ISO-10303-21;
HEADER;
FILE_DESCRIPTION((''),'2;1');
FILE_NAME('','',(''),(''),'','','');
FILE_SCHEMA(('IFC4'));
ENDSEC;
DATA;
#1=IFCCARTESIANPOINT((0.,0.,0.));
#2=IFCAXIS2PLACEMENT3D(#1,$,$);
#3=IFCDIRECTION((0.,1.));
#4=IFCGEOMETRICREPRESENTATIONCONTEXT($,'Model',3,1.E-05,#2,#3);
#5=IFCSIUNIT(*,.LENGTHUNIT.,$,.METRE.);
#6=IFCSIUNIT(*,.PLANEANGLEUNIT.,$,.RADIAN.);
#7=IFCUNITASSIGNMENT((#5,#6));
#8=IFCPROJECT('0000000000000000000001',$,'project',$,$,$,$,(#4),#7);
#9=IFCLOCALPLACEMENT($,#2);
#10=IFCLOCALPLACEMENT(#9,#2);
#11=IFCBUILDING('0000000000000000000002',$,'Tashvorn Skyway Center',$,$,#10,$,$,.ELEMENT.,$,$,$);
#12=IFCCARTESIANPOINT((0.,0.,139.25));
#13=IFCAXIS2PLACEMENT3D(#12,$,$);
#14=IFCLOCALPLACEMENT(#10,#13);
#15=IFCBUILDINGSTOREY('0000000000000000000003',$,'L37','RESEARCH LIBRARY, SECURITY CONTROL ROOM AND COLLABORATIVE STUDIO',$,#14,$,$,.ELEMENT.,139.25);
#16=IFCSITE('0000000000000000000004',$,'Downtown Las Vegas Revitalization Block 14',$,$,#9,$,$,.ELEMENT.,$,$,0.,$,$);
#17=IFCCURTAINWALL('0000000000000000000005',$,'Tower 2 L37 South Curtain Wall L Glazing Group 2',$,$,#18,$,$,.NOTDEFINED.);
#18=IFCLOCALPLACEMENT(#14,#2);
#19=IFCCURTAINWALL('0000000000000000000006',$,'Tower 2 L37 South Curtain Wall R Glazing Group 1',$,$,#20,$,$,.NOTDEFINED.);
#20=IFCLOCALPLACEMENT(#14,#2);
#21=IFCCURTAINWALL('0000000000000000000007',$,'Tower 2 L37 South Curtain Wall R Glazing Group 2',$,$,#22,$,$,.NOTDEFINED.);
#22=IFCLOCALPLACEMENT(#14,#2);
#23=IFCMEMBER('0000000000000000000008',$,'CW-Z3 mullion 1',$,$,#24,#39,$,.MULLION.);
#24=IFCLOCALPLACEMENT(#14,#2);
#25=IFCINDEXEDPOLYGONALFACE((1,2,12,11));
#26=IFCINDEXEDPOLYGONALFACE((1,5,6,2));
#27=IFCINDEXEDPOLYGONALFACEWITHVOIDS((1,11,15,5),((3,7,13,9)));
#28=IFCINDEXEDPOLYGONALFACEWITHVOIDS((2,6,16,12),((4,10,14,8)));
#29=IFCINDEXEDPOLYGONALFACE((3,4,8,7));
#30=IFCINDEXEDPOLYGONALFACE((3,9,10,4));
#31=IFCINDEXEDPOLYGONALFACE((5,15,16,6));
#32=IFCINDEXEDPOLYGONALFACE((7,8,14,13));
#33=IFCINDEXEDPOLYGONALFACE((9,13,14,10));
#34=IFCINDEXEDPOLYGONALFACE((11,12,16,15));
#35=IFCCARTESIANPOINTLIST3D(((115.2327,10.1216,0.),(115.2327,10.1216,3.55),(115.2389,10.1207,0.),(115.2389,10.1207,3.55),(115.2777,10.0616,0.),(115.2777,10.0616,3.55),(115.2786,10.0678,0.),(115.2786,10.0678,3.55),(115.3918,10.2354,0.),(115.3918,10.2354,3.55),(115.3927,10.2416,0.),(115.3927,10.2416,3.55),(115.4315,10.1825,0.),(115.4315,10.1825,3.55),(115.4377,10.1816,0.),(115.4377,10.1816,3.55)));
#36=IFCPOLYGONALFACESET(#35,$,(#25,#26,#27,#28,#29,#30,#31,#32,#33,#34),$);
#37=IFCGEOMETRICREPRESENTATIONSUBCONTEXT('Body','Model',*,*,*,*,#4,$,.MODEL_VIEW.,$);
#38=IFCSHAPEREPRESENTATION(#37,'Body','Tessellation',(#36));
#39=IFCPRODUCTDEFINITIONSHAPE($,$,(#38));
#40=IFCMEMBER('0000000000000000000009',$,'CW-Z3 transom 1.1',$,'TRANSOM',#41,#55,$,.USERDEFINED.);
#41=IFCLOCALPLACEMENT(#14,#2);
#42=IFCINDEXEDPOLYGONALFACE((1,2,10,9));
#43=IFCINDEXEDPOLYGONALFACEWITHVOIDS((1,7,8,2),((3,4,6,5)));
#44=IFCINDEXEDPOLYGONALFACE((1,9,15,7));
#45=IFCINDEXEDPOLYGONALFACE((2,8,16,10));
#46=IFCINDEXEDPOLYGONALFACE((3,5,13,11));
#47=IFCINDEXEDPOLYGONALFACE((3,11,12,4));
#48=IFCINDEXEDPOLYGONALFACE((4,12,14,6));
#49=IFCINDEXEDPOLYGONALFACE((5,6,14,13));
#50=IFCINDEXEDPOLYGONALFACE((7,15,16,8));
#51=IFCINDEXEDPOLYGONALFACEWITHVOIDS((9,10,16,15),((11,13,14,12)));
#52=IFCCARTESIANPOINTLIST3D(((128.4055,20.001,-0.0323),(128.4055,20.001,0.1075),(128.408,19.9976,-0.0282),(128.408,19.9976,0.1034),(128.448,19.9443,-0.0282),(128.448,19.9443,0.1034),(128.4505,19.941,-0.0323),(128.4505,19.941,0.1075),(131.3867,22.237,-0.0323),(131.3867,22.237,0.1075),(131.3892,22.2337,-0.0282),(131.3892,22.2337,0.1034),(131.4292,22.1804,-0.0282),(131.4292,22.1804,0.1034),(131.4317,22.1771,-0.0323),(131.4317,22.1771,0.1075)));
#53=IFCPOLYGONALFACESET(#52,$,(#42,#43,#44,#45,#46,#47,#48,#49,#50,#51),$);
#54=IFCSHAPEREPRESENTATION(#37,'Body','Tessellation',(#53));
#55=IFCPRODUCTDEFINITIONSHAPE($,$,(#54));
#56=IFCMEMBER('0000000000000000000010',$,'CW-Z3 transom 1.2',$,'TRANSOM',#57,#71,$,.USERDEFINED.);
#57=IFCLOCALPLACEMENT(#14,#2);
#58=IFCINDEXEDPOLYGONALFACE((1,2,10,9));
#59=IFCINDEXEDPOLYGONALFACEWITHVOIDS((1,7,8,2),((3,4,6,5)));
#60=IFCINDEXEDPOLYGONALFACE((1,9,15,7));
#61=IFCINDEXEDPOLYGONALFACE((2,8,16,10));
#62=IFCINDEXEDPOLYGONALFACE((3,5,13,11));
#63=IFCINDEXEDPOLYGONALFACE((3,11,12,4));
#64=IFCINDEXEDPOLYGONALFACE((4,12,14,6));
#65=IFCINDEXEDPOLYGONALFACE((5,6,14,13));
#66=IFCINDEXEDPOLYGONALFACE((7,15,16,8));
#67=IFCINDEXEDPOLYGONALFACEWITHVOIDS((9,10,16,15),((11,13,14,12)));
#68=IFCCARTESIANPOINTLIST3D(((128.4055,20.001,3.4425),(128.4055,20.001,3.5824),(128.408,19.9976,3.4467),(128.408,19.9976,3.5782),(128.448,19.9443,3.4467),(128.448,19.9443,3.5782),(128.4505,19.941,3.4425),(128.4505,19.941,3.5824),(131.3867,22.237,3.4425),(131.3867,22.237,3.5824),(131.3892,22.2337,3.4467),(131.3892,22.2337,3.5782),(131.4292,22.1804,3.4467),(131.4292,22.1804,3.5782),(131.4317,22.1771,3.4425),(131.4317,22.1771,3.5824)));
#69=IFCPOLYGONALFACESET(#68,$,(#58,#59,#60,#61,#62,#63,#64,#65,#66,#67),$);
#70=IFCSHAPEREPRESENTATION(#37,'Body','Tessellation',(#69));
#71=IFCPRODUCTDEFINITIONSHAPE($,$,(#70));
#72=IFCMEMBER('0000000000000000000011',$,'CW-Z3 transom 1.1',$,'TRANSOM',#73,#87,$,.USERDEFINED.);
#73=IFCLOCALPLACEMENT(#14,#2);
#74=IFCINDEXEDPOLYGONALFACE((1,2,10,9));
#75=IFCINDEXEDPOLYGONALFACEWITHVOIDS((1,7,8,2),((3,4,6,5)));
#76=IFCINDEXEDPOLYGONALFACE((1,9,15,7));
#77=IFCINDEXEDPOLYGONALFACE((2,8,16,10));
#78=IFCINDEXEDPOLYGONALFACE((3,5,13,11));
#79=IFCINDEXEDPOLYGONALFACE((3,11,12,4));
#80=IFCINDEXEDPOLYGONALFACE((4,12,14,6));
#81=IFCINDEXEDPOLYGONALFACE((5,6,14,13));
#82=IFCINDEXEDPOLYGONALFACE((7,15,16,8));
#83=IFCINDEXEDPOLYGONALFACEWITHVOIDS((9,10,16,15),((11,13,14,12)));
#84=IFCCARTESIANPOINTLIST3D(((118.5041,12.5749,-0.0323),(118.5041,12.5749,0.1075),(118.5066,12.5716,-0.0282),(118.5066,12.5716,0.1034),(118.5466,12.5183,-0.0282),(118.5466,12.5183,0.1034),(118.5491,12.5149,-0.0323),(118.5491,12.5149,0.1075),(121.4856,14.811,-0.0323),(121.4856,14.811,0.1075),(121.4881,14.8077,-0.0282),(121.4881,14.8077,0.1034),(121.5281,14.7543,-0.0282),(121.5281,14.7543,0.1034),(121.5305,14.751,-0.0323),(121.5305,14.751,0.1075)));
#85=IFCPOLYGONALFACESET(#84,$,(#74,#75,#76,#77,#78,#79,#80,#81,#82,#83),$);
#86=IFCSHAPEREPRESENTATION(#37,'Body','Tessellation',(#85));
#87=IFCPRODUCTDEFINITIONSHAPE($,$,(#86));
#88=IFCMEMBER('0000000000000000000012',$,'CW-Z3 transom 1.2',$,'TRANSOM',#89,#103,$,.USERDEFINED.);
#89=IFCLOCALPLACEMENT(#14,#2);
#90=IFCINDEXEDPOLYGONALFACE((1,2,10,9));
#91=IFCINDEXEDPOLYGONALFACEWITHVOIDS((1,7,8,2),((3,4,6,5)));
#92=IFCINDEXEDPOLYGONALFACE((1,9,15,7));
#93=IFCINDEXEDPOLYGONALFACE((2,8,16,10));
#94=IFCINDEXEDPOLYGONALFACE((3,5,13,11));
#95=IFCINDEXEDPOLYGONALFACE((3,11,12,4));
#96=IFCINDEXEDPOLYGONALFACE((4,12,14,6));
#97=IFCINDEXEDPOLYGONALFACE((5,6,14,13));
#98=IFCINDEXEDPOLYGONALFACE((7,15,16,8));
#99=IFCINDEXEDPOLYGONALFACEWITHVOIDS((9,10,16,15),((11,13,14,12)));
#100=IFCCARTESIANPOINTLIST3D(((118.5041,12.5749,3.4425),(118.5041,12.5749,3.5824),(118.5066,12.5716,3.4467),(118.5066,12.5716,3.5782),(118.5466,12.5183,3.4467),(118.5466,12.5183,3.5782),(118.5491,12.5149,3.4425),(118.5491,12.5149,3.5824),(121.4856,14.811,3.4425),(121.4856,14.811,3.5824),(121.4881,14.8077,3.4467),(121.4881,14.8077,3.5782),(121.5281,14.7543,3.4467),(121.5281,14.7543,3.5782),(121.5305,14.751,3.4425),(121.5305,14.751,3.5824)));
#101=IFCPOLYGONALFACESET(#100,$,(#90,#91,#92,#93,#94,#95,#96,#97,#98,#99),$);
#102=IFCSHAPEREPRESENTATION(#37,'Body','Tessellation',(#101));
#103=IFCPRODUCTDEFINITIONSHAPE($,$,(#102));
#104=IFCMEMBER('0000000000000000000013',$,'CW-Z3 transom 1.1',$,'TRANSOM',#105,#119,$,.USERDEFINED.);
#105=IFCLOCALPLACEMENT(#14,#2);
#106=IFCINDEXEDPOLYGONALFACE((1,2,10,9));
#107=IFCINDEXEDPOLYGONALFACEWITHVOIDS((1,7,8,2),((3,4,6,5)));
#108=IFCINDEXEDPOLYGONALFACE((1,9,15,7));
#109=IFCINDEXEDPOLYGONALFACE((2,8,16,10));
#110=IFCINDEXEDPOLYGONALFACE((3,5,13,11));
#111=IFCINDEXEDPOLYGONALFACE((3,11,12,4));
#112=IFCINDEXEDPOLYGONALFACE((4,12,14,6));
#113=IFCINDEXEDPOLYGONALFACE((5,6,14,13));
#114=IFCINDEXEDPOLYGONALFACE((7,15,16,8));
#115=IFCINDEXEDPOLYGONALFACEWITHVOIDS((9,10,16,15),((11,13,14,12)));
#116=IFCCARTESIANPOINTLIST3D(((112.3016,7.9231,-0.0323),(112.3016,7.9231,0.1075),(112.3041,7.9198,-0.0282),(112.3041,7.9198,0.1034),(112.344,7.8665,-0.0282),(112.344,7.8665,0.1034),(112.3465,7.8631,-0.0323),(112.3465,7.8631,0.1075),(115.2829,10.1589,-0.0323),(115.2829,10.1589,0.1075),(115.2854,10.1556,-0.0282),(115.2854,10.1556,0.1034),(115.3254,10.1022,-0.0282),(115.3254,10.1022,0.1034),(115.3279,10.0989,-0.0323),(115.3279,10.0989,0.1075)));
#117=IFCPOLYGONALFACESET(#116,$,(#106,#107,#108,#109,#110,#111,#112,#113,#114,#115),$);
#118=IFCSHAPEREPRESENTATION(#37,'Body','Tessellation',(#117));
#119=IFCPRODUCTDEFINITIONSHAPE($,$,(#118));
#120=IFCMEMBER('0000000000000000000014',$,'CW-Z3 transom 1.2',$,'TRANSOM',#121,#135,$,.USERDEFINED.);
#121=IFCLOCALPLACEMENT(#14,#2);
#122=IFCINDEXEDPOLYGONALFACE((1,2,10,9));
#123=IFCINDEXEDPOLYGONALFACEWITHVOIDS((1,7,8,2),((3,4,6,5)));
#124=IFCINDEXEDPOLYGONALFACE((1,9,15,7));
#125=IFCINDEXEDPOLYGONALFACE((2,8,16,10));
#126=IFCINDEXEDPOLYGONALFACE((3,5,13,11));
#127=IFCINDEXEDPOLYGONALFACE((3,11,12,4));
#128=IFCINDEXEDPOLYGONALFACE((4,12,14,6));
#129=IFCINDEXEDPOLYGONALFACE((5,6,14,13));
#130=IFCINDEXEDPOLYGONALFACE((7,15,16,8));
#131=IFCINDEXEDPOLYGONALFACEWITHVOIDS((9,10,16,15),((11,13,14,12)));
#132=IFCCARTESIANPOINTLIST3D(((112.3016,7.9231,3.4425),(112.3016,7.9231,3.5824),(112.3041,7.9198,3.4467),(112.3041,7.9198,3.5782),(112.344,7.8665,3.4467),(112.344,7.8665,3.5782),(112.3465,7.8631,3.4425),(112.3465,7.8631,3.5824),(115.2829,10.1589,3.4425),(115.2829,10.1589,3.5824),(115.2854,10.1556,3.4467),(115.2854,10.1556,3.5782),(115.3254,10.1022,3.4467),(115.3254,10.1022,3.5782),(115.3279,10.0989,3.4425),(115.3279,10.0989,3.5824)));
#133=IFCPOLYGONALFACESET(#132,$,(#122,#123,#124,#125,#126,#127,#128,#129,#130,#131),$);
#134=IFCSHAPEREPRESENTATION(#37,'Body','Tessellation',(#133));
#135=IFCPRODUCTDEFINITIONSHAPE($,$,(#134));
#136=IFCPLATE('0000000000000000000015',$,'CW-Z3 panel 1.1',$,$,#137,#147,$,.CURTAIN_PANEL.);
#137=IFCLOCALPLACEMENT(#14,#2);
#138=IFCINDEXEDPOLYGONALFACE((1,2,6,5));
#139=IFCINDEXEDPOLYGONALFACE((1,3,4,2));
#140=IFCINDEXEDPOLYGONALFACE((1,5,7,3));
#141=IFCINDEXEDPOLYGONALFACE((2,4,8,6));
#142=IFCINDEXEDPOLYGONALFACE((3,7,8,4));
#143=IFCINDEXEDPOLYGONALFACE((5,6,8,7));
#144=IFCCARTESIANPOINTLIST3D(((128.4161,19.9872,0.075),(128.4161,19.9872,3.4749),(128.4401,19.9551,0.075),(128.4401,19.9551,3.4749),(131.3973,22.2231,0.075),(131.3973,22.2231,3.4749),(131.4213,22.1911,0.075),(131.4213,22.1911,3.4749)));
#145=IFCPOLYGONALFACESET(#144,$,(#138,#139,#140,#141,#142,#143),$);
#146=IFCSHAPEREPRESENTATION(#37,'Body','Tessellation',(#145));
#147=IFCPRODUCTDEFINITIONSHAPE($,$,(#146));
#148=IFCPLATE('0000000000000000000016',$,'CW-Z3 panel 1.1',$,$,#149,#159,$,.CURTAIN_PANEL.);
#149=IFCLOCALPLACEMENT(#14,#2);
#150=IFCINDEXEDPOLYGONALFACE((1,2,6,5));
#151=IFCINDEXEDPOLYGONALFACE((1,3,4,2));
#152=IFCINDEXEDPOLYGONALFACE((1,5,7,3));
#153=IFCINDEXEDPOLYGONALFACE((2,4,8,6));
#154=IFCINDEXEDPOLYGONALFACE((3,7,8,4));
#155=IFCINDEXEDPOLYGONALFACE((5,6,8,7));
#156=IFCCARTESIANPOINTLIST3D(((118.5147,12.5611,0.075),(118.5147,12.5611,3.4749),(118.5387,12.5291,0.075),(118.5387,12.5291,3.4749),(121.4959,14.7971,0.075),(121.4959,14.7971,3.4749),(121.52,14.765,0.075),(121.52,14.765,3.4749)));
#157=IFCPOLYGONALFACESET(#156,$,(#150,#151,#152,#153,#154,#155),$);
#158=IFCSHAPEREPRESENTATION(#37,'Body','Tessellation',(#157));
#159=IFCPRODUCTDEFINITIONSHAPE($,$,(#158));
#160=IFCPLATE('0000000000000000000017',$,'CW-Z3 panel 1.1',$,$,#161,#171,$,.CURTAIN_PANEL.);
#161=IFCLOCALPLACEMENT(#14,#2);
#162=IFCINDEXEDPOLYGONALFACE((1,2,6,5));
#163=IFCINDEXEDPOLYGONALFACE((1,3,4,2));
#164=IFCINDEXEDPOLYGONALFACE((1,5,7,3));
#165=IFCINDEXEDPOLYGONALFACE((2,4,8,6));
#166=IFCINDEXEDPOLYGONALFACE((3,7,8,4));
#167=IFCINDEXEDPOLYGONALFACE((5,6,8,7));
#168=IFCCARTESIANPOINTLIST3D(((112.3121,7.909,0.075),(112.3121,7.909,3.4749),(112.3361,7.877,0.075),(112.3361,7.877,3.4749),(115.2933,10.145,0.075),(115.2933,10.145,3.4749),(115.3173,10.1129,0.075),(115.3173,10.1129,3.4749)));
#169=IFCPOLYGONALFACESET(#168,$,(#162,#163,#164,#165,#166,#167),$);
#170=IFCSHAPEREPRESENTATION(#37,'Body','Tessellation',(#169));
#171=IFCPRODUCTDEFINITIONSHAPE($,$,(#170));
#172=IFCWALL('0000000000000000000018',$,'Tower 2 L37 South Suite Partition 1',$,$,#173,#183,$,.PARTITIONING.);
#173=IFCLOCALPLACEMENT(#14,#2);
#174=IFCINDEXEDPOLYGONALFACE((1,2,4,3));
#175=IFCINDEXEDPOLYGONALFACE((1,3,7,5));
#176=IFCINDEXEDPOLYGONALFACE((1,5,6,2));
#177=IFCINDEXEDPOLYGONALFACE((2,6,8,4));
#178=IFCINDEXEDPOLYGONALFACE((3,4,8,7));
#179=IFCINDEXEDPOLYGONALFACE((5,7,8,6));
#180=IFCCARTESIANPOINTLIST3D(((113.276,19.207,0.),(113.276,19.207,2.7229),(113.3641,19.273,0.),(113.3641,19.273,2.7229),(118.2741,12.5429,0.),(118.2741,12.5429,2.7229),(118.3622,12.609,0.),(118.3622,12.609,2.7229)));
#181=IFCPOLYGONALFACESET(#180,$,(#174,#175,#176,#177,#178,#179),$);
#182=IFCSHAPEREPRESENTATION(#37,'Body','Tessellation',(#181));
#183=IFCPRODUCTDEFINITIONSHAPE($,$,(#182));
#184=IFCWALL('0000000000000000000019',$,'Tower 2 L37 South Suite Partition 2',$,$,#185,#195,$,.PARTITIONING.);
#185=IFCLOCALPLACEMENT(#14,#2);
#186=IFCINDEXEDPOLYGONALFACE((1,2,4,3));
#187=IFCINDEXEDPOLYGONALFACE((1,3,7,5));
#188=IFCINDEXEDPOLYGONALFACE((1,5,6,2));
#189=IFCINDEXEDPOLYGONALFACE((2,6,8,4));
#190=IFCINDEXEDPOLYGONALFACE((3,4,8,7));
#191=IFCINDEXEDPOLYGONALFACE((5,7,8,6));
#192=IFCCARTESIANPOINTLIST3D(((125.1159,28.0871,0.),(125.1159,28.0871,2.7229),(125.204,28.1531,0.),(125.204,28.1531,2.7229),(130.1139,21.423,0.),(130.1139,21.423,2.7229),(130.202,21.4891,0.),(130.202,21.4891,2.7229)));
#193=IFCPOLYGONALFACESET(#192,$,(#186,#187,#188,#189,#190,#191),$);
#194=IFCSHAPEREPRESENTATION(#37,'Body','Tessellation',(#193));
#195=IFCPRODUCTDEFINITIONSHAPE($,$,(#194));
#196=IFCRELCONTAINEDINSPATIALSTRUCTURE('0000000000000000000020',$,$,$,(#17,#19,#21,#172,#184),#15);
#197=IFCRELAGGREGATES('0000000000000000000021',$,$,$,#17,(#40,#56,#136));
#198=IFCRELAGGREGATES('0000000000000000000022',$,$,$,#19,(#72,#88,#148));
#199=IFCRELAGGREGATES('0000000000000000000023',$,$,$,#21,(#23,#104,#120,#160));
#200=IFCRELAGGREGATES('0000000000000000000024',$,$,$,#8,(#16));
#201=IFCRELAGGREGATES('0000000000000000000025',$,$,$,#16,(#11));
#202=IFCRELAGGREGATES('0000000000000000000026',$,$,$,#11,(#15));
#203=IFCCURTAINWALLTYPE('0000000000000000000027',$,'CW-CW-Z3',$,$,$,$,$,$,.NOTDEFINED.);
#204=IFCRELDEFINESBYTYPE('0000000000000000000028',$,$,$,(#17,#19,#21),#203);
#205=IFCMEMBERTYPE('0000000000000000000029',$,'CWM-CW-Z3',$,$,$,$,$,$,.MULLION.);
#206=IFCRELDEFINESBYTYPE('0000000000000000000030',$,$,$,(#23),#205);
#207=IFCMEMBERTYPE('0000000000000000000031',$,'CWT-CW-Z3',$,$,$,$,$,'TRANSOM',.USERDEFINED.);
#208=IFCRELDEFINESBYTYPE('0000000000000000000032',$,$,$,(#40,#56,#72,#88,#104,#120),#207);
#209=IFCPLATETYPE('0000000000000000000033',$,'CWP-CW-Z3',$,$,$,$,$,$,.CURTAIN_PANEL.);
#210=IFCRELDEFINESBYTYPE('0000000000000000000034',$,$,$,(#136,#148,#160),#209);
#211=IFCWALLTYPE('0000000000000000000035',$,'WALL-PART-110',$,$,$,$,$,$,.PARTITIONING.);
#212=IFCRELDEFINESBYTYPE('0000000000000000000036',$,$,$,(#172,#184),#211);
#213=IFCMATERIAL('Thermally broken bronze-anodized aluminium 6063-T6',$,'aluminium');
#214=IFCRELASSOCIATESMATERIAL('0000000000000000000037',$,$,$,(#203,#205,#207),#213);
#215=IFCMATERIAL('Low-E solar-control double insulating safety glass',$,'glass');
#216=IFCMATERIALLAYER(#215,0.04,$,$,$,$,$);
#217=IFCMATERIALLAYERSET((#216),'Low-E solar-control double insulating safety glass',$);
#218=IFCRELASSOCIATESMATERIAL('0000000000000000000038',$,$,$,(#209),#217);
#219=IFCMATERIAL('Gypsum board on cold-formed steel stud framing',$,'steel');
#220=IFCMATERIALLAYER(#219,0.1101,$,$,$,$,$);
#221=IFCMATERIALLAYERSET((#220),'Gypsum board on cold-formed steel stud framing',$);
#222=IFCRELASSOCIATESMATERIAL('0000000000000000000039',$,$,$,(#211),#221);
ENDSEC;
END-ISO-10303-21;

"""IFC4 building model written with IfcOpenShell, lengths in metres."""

from ifc_helpers import new_model, si_unit, direction, frame, frame_2d, origin, origin_2d, place, context, subcontext, project, spatial, rectangle, hollow_rectangle, extrude, material, layer, layer_set, material_profile, profile_set, type_object, element, aggregate, save


model = new_model("IFC4")

# Units and contexts
model_context = context("Model", 3, precision=1e-05, world=origin(), true_north=direction((0.0, 1.0)))
body_context = subcontext(model_context, "Body", "Model", "MODEL_VIEW")
ifc_project = project(units=[si_unit("LENGTHUNIT", "METRE"), si_unit("PLANEANGLEUNIT", "RADIAN")], contexts=[model_context])

# Site, building, storey
site_placement = place(None, origin())
site = spatial("IfcSite", under=ifc_project, at=site_placement, Name="Downtown Las Vegas Revitalization Block 14", CompositionType="ELEMENT", RefElevation=0.0)
building_placement = place(site_placement, origin())
building = spatial("IfcBuilding", under=site, at=building_placement, Name="Tashvorn Skyway Center", CompositionType="ELEMENT")
storey_placement = place(building_placement, frame((0.0, 0.0, 139.25)))
storey = spatial("IfcBuildingStorey", under=building, at=storey_placement, Name="L37", Description="RESEARCH LIBRARY, SECURITY CONTROL ROOM AND COLLABORATIVE STUDIO", CompositionType="ELEMENT", Elevation=139.25)

# Curtain walls
ifc_material_1 = material(Name="Thermally broken bronze-anodized aluminium 6063-T6", Category="aluminium")
curtain_wall_type = type_object("IfcCurtainWallType", Name="CW-CW-Z3", PredefinedType="NOTDEFINED", material=ifc_material_1)
curtain_wall_1_placement = place(storey_placement, origin())
curtain_wall_1 = element("IfcCurtainWall", 1, at=curtain_wall_1_placement, inside=storey, type_object=curtain_wall_type, Name="Tower 2 L37 South Curtain Wall L Glazing Group 2", PredefinedType="NOTDEFINED")
ifc_material_profile_1 = material_profile(ifc_material_1, hollow_rectangle(XDim=0.075, YDim=0.2, WallThickness=0.0044, at=origin_2d()), Name="ALU-MULL-75x200")
ifc_profile_set_1 = profile_set([ifc_material_profile_1], Name="Thermally broken bronze-anodized aluminium 6063-T6")
member_type_1 = type_object("IfcMemberType", Name="CWM-CW-Z3", PredefinedType="MULLION", material=ifc_profile_set_1)
curtain_wall_2_placement = place(storey_placement, origin())
curtain_wall_2 = element("IfcCurtainWall", 2, at=curtain_wall_2_placement, inside=storey, type_object=curtain_wall_type, Name="Tower 2 L37 South Curtain Wall R Glazing Group 1", PredefinedType="NOTDEFINED")

# Curtain wall, member
curtain_wall_3_placement = place(storey_placement, origin())
curtain_wall_3 = element("IfcCurtainWall", 3, at=curtain_wall_3_placement, inside=storey, type_object=curtain_wall_type, Name="Tower 2 L37 South Curtain Wall R Glazing Group 2", PredefinedType="NOTDEFINED")
member_1_placement = place(storey_placement, frame((115.3352, 10.1516, 0.0), z_axis=(0.0, 0.0, 1.0), x_axis=(0.600004, -0.799997, 0.0)))
member_1 = element("IfcMember", 4, at=member_1_placement, type_object=member_type_1, Name="CW-Z3 mullion 1", PredefinedType="MULLION", context=body_context, shape_type="SweptSolid", body=[
    extrude(hollow_rectangle(XDim=0.075, YDim=0.2, WallThickness=0.0044, at=origin_2d()), origin(), (0.0, 0.0, 1.0), 3.55),
])

# Members
ifc_material_profile_2 = material_profile(ifc_material_1, hollow_rectangle(XDim=0.075, YDim=0.1399, WallThickness=0.0042, at=origin_2d()), Name="ALU-TRAN-75x140")
ifc_profile_set_2 = profile_set([ifc_material_profile_2], Name="Thermally broken bronze-anodized aluminium 6063-T6")
member_type_2 = type_object("IfcMemberType", Name="CWT-CW-Z3", ElementType="TRANSOM", PredefinedType="USERDEFINED", material=ifc_profile_set_2)
member_2_placement = place(storey_placement, frame((131.4092, 22.207, 0.0376), z_axis=(-0.799976, -0.600031, 0.0), x_axis=(0.600031, -0.799976, 0.0)))
member_2 = element("IfcMember", 5, at=member_2_placement, type_object=member_type_2, Name="CW-Z3 transom 1.1", ObjectType="TRANSOM", PredefinedType="USERDEFINED", context=body_context, shape_type="SweptSolid", body=[
    extrude(hollow_rectangle(XDim=0.075, YDim=0.1399, WallThickness=0.0042, at=origin_2d()), origin(), (0.0, 0.0, 1.0), 3.7266),
])
member_3_placement = place(storey_placement, frame((131.4092, 22.207, 3.5125), z_axis=(-0.799976, -0.600031, 0.0), x_axis=(0.600031, -0.799976, 0.0)))
member_3 = element("IfcMember", 6, at=member_3_placement, type_object=member_type_2, Name="CW-Z3 transom 1.2", ObjectType="TRANSOM", PredefinedType="USERDEFINED", context=body_context, shape_type="SweptSolid", body=[
    extrude(hollow_rectangle(XDim=0.075, YDim=0.1399, WallThickness=0.0042, at=origin_2d()), origin(), (0.0, 0.0, 1.0), 3.7266),
])
member_4_placement = place(storey_placement, frame((121.5081, 14.781, 0.0376), z_axis=(-0.8, -0.6, 0.0), x_axis=(0.6, -0.8, 0.0)))
member_4 = element("IfcMember", 7, at=member_4_placement, type_object=member_type_2, Name="CW-Z3 transom 1.1", ObjectType="TRANSOM", PredefinedType="USERDEFINED", context=body_context, shape_type="SweptSolid", body=[
    extrude(hollow_rectangle(XDim=0.075, YDim=0.1399, WallThickness=0.0042, at=origin_2d()), origin(), (0.0, 0.0, 1.0), 3.7268),
])
member_5_placement = place(storey_placement, frame((121.5081, 14.781, 3.5125), z_axis=(-0.8, -0.6, 0.0), x_axis=(0.6, -0.8, 0.0)))
member_5 = element("IfcMember", 8, at=member_5_placement, type_object=member_type_2, Name="CW-Z3 transom 1.2", ObjectType="TRANSOM", PredefinedType="USERDEFINED", context=body_context, shape_type="SweptSolid", body=[
    extrude(hollow_rectangle(XDim=0.075, YDim=0.1399, WallThickness=0.0042, at=origin_2d()), origin(), (0.0, 0.0, 1.0), 3.7268),
])
member_6_placement = place(storey_placement, frame((115.3054, 10.1289, 0.0376), z_axis=(-0.800031, -0.599958, 0.0), x_axis=(0.599958, -0.800031, 0.0)))
member_6 = element("IfcMember", 9, at=member_6_placement, type_object=member_type_2, Name="CW-Z3 transom 1.1", ObjectType="TRANSOM", PredefinedType="USERDEFINED", context=body_context, shape_type="SweptSolid", body=[
    extrude(hollow_rectangle(XDim=0.075, YDim=0.1399, WallThickness=0.0042, at=origin_2d()), origin(), (0.0, 0.0, 1.0), 3.7266),
])
member_7_placement = place(storey_placement, frame((115.3054, 10.1289, 3.5125), z_axis=(-0.800031, -0.599958, 0.0), x_axis=(0.599958, -0.800031, 0.0)))
member_7 = element("IfcMember", 10, at=member_7_placement, type_object=member_type_2, Name="CW-Z3 transom 1.2", ObjectType="TRANSOM", PredefinedType="USERDEFINED", context=body_context, shape_type="SweptSolid", body=[
    extrude(hollow_rectangle(XDim=0.075, YDim=0.1399, WallThickness=0.0042, at=origin_2d()), origin(), (0.0, 0.0, 1.0), 3.7266),
])

# Plates
ifc_material_2 = material(Name="Low-E solar-control double insulating safety glass", Category="glass")
ifc_layer_1 = layer(ifc_material_2, 0.04)
ifc_layer_set_1 = layer_set([ifc_layer_1], Name="Low-E solar-control double insulating safety glass")
plate_type = type_object("IfcPlateType", Name="CWP-CW-Z3", PredefinedType="CURTAIN_PANEL", material=ifc_layer_set_1)
plate_1_placement = place(storey_placement, frame((129.9187, 21.0891, 0.075), z_axis=(0.0, 0.0, 1.0), x_axis=(-0.799997, -0.600004, 0.0)))
plate_1 = element("IfcPlate", 11, at=plate_1_placement, type_object=plate_type, Name="CW-Z3 panel 1.1", PredefinedType="CURTAIN_PANEL", context=body_context, shape_type="SweptSolid", body=[
    extrude(rectangle(XDim=3.7266, YDim=0.04, at=origin_2d()), origin(), (0.0, 0.0, 1.0), 3.3999),
])
aggregate(curtain_wall_1, [member_2, member_3, plate_1])
plate_2_placement = place(storey_placement, frame((120.0173, 13.6631, 0.075), z_axis=(0.0, 0.0, 1.0), x_axis=(-0.799997, -0.600004, 0.0)))
plate_2 = element("IfcPlate", 12, at=plate_2_placement, type_object=plate_type, Name="CW-Z3 panel 1.1", PredefinedType="CURTAIN_PANEL", context=body_context, shape_type="SweptSolid", body=[
    extrude(rectangle(XDim=3.7266, YDim=0.04, at=origin_2d()), origin(), (0.0, 0.0, 1.0), 3.3999),
])
aggregate(curtain_wall_2, [member_4, member_5, plate_2])
plate_3_placement = place(storey_placement, frame((113.8147, 9.011, 0.075), z_axis=(0.0, 0.0, 1.0), x_axis=(-0.799997, -0.600004, 0.0)))
plate_3 = element("IfcPlate", 13, at=plate_3_placement, type_object=plate_type, Name="CW-Z3 panel 1.1", PredefinedType="CURTAIN_PANEL", context=body_context, shape_type="SweptSolid", body=[
    extrude(rectangle(XDim=3.7266, YDim=0.04, at=origin_2d()), origin(), (0.0, 0.0, 1.0), 3.3999),
])
aggregate(curtain_wall_3, [member_1, member_6, member_7, plate_3])

# Walls
ifc_material_3 = material(Name="Gypsum board on cold-formed steel stud framing", Category="steel")
ifc_layer_2 = layer(ifc_material_3, 0.1101)
ifc_layer_set_2 = layer_set([ifc_layer_2], Name="Gypsum board on cold-formed steel stud framing")
wall_type_1 = type_object("IfcWallType", Name="WALL-PART-110", PredefinedType="PARTITIONING", material=ifc_layer_set_2)
for number, where, z_axis, x_axis, name in (
    (14, (118.3181, 12.5759, 0.0), (0.0, 0.0, 1.0), (-0.6, 0.8, 0.0), "Tower 2 L37 South Suite Partition 1"),
    (15, (130.158, 21.4561, 0.0), (0.0, 0.0, 1.0), (-0.6, 0.8, 0.0), "Tower 2 L37 South Suite Partition 2"),
):
    element("IfcWall", number, at=place(storey_placement, frame(where, z_axis=z_axis, x_axis=x_axis)), inside=storey, type_object=wall_type_1, Name=name, PredefinedType="PARTITIONING", context=body_context, shape_type="SweptSolid", body=[
        extrude(rectangle(XDim=8.3301, YDim=0.1101, at=frame_2d((4.165, 0.0))), origin(), (0.0, 0.0, 1.0), 2.7229),
    ])

save(model, "model.ifc")
